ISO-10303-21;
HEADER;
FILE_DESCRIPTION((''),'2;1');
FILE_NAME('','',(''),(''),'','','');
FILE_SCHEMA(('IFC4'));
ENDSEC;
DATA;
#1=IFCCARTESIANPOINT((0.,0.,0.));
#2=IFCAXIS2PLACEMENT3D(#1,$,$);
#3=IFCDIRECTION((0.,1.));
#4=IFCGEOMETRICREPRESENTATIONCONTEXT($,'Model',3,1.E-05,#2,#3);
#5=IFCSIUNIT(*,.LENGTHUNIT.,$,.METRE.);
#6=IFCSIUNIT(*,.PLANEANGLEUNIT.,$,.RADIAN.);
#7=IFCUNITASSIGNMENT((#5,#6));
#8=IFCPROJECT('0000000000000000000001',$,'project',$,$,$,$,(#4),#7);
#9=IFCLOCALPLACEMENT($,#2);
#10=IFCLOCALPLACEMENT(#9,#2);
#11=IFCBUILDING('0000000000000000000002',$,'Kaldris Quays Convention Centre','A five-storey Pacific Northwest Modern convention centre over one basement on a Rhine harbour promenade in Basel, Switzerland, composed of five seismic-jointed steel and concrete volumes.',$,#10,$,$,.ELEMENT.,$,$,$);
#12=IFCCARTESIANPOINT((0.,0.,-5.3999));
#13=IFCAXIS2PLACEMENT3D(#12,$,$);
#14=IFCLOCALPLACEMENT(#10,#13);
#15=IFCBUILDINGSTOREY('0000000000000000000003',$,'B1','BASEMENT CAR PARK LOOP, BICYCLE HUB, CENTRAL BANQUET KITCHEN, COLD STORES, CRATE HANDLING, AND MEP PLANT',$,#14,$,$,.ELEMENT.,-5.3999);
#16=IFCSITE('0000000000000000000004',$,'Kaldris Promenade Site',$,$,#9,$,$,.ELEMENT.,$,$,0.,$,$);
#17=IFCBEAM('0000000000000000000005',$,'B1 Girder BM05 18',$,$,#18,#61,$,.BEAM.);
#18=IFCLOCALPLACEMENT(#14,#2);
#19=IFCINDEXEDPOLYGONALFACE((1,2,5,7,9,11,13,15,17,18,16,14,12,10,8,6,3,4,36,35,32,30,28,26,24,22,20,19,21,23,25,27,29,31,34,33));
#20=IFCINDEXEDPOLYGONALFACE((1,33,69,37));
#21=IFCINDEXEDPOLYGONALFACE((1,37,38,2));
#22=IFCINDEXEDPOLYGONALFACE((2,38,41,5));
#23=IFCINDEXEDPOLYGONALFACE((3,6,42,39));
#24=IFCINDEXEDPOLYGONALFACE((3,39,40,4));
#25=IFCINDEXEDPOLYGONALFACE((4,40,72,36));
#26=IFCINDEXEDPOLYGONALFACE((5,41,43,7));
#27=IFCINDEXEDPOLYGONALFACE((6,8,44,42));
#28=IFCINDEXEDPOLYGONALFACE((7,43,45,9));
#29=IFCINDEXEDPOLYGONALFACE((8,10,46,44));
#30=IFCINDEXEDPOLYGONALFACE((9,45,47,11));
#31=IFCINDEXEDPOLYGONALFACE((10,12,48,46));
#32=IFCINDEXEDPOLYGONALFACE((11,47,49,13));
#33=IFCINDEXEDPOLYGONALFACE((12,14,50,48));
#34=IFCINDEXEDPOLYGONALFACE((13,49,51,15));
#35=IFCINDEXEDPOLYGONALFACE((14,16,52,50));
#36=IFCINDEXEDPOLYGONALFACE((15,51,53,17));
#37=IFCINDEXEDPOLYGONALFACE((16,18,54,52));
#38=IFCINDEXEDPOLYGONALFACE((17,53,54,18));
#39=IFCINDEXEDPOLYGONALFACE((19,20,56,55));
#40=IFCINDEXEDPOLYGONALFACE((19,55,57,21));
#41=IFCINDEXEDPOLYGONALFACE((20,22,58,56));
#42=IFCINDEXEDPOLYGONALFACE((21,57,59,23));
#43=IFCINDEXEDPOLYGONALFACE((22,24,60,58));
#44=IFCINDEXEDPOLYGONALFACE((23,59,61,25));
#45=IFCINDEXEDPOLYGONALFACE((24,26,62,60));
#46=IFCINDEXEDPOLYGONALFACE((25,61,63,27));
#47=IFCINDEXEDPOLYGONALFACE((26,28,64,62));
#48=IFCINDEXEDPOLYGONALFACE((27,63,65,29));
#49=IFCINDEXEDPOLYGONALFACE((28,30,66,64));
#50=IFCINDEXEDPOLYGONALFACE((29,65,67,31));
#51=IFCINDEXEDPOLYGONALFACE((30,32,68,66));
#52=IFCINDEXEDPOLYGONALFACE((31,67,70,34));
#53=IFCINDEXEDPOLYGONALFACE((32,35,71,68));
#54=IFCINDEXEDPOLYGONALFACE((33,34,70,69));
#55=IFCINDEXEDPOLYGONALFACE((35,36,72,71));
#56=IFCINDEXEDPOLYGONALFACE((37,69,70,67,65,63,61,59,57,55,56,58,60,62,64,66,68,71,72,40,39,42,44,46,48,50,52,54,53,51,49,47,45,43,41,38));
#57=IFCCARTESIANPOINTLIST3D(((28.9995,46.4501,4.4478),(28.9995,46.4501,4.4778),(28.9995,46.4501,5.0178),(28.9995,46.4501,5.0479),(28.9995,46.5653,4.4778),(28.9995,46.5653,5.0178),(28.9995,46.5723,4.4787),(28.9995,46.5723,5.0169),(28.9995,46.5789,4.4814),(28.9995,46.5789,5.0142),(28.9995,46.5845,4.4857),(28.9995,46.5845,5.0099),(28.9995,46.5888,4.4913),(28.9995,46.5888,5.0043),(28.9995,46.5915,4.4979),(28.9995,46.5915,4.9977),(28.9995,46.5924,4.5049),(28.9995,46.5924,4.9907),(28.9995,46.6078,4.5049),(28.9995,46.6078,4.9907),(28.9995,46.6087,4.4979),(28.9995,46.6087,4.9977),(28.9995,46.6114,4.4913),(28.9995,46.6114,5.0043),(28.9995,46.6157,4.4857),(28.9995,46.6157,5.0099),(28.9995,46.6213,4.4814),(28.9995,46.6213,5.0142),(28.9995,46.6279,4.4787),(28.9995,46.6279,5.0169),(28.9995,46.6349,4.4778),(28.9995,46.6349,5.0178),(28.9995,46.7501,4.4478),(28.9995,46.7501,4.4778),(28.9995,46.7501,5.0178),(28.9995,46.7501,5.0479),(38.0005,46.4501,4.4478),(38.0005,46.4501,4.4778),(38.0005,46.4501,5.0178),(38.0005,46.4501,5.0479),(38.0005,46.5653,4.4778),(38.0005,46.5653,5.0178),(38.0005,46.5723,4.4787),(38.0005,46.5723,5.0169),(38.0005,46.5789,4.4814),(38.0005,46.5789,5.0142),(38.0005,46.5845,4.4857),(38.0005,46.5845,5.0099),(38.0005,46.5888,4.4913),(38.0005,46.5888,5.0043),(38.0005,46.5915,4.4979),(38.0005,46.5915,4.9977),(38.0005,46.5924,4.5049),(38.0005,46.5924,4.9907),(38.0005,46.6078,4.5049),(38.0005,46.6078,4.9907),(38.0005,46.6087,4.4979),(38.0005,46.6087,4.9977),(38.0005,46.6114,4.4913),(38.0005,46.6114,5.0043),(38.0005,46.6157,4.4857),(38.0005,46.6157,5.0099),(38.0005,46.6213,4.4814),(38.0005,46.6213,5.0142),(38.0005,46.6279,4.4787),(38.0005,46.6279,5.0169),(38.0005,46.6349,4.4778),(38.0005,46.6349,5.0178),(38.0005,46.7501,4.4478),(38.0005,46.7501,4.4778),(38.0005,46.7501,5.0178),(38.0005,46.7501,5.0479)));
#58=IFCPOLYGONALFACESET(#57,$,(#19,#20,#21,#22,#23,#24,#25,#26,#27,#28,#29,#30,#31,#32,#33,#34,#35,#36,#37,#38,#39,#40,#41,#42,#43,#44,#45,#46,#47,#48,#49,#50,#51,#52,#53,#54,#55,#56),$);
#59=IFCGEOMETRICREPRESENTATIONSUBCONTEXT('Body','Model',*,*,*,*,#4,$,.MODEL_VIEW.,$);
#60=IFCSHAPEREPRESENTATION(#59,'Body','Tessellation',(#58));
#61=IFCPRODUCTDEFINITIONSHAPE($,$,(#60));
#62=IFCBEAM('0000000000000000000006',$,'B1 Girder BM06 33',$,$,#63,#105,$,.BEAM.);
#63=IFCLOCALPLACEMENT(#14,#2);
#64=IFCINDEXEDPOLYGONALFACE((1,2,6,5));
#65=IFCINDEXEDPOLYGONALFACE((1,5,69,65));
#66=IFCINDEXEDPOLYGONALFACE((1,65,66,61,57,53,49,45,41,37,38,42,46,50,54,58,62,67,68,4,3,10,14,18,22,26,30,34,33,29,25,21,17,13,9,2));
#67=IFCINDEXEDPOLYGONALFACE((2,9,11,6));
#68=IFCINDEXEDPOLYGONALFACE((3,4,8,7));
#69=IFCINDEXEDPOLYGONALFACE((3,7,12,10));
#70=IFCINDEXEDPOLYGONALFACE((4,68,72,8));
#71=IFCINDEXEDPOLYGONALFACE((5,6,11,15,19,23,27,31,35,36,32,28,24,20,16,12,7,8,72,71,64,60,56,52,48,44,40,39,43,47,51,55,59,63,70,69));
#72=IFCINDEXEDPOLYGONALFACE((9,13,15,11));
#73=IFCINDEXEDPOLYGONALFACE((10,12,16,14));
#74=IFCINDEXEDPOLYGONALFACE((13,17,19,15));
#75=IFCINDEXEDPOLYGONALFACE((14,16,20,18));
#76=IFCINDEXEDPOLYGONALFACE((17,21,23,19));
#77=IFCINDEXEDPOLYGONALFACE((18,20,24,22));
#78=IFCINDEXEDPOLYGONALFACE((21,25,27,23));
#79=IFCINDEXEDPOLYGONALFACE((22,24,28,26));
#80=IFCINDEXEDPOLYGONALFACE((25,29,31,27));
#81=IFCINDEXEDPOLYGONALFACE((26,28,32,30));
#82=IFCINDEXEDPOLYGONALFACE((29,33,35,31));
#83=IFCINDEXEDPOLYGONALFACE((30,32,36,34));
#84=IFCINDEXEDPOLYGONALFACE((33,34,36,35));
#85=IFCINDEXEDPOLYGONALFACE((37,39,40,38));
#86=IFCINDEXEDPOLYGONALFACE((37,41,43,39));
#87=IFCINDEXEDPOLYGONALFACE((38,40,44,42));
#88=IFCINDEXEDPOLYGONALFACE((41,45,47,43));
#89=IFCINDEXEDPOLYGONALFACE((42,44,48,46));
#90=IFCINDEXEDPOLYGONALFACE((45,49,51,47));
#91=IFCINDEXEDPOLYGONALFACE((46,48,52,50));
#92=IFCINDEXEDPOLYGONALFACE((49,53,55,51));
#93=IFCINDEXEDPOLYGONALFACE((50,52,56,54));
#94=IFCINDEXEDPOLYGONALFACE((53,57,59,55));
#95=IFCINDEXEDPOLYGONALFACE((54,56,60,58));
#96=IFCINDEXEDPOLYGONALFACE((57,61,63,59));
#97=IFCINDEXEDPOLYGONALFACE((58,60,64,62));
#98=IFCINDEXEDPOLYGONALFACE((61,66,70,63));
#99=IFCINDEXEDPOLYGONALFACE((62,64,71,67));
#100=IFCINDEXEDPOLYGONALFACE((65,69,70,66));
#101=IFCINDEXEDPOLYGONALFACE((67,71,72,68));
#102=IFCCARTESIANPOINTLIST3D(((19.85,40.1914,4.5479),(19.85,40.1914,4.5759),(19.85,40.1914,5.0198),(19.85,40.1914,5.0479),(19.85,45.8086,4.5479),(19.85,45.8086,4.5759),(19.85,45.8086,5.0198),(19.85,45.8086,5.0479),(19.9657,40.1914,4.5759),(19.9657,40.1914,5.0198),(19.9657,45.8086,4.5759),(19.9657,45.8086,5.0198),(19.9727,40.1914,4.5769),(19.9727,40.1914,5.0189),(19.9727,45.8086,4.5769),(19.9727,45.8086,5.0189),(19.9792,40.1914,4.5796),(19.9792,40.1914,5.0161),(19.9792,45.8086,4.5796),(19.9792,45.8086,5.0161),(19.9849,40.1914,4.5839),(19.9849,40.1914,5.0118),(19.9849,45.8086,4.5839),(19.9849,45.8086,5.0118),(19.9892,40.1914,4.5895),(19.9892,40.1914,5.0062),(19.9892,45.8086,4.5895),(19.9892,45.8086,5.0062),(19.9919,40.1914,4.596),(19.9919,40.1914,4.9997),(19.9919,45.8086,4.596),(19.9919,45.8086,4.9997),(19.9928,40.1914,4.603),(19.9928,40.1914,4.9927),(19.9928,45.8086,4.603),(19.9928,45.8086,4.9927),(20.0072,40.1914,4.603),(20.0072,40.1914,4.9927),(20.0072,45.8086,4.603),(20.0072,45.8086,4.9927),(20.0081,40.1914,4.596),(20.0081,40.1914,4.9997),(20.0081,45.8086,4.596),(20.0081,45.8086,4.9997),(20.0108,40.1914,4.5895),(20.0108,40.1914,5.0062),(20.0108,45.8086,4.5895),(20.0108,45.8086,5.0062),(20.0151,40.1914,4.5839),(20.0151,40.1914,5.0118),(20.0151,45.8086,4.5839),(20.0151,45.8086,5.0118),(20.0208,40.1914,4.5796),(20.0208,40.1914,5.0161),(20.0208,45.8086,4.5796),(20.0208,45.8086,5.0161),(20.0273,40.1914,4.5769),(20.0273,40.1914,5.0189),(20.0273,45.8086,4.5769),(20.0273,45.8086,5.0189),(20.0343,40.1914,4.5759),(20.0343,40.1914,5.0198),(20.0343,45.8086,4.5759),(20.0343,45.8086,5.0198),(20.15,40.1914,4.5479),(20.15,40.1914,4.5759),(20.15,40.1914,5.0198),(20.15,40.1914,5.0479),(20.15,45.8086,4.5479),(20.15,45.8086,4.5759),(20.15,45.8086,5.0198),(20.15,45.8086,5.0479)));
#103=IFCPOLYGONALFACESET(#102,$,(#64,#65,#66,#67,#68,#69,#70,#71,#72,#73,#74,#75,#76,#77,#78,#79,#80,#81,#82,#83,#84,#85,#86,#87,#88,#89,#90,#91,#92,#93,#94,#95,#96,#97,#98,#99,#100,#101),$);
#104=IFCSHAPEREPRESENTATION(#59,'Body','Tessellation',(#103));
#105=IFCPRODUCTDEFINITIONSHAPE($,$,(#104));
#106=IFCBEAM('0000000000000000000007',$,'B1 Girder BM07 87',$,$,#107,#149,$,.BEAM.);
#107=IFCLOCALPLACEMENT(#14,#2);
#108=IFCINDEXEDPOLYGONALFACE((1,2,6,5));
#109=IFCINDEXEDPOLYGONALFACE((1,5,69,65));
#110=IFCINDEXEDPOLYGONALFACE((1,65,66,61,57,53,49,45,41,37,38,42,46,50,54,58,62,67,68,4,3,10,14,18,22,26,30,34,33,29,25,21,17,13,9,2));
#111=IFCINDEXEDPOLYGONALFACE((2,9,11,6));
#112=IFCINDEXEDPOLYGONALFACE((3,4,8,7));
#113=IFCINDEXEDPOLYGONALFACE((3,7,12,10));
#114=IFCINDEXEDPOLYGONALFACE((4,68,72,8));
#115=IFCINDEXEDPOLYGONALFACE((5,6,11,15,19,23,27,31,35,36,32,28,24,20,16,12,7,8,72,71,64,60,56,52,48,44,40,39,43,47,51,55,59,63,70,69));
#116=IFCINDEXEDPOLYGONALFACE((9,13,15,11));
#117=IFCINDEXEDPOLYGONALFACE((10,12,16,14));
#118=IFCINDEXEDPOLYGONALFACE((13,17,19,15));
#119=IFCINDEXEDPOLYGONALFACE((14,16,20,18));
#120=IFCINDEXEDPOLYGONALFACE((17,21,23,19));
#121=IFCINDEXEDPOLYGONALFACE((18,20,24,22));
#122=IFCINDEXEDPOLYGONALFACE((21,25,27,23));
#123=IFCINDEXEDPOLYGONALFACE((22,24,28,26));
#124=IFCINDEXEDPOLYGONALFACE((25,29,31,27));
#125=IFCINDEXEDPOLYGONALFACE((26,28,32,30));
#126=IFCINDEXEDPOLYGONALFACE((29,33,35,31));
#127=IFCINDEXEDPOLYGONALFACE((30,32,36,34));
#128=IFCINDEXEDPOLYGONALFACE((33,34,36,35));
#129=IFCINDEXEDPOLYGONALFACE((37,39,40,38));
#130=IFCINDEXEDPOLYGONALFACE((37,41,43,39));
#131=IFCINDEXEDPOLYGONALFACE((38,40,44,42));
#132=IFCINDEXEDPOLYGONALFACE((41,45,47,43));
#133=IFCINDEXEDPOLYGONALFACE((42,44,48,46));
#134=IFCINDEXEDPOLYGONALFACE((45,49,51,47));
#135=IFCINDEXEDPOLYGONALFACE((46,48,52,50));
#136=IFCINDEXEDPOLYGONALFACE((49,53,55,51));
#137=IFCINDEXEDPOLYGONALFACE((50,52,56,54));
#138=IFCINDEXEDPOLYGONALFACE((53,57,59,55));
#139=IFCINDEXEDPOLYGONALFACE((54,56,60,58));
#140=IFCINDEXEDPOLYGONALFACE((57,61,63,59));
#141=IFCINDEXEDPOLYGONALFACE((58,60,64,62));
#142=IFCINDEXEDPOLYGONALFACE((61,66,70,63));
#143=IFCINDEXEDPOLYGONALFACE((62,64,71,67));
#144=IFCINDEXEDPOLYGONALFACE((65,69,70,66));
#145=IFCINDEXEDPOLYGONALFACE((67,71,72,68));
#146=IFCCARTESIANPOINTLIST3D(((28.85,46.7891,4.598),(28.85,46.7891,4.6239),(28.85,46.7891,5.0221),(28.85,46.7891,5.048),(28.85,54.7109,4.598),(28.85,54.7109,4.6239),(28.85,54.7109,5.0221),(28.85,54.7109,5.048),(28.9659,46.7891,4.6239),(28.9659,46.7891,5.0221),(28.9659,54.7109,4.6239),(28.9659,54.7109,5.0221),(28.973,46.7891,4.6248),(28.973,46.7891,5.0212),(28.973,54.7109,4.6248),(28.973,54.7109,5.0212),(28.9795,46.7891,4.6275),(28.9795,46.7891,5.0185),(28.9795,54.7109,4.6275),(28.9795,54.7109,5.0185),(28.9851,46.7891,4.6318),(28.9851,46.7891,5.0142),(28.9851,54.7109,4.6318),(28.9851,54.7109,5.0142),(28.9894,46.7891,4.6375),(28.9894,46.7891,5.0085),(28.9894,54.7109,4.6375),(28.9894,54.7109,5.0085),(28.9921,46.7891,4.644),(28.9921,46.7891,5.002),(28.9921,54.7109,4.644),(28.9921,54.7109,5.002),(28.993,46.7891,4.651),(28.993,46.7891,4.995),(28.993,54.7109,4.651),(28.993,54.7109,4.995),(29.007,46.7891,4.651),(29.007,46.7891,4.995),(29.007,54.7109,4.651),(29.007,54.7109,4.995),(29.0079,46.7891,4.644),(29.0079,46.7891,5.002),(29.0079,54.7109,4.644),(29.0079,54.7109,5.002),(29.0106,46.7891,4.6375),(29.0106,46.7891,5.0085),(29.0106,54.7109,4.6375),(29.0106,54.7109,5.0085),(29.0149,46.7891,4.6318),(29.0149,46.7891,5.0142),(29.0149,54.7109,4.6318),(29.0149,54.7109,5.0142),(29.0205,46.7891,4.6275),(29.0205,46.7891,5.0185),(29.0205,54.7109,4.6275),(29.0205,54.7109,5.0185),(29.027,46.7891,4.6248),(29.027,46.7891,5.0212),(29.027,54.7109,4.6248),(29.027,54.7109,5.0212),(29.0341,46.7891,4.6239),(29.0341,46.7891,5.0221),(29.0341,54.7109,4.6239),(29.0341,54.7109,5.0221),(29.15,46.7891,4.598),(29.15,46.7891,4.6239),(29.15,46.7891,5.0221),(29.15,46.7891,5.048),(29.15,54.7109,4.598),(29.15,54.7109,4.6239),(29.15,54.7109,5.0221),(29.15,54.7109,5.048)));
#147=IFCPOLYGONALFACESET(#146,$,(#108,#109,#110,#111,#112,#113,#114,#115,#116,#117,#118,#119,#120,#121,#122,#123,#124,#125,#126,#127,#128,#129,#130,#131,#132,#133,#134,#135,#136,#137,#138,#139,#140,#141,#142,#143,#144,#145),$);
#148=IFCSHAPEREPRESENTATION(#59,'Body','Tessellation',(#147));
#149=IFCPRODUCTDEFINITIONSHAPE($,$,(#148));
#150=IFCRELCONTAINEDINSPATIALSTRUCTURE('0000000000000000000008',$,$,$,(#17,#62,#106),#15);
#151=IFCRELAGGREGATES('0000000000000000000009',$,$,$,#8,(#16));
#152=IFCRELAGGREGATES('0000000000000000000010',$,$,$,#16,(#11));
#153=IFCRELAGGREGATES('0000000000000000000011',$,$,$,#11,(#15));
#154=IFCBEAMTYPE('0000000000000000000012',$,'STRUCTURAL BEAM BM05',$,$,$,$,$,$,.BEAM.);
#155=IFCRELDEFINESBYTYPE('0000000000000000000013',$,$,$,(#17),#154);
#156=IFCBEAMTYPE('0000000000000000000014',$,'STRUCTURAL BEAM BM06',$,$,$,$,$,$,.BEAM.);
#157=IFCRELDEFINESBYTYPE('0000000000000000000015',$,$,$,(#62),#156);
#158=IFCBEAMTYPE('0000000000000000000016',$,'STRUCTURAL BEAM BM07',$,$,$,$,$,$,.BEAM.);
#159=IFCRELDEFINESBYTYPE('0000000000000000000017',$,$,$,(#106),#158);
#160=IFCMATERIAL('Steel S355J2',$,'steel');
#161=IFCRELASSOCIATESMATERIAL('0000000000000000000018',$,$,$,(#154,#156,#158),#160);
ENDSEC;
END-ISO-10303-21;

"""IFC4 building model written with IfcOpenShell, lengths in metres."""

from ifc_helpers import new_model, si_unit, direction, frame, origin, origin_2d, place, context, subcontext, project, spatial, i_section, extrude, material, material_profile, profile_set, type_object, element, save


model = new_model("IFC4")

# Units and contexts
model_context = context("Model", 3, precision=1e-05, world=origin(), true_north=direction((0.0, 1.0)))
body_context = subcontext(model_context, "Body", "Model", "MODEL_VIEW")
ifc_project = project(units=[si_unit("LENGTHUNIT", "METRE"), si_unit("PLANEANGLEUNIT", "RADIAN")], contexts=[model_context])

# Site, building, storey
site_placement = place(None, origin())
site = spatial("IfcSite", under=ifc_project, at=site_placement, Name="Kaldris Promenade Site", CompositionType="ELEMENT", RefElevation=0.0)
building_placement = place(site_placement, origin())
building = spatial("IfcBuilding", under=site, at=building_placement, Name="Kaldris Quays Convention Centre", Description="A five-storey Pacific Northwest Modern convention centre over one basement on a Rhine harbour promenade in Basel, Switzerland, composed of five seismic-jointed steel and concrete volumes.", CompositionType="ELEMENT")
storey_placement = place(building_placement, frame((0.0, 0.0, -5.3999)))
storey = spatial("IfcBuildingStorey", under=building, at=storey_placement, Name="B1", Description="BASEMENT CAR PARK LOOP, BICYCLE HUB, CENTRAL BANQUET KITCHEN, COLD STORES, CRATE HANDLING, AND MEP PLANT", CompositionType="ELEMENT", Elevation=-5.3999)

# Shared definitions
ifc_material_1 = material(Name="Steel S355J2", Category="steel")

# Beams
ifc_material_profile_1 = material_profile(ifc_material_1, i_section(OverallWidth=0.3, OverallDepth=0.6001, WebThickness=0.0154, FlangeThickness=0.03, FilletRadius=0.0271, at=origin_2d()), Name="HEB 600")
ifc_profile_set_1 = profile_set([ifc_material_profile_1], Name="Steel S355J2")
beam_type_1 = type_object("IfcBeamType", Name="STRUCTURAL BEAM BM05", PredefinedType="BEAM", material=ifc_profile_set_1)
beam_1_placement = place(storey_placement, frame((28.9995, 46.6001, 4.7478), z_axis=(1.0, 0.0, 0.0), x_axis=(0.0, 1.0, 0.0)))
element("IfcBeam", 1, at=beam_1_placement, inside=storey, type_object=beam_type_1, Name="B1 Girder BM05 18", PredefinedType="BEAM", context=body_context, shape_type="SweptSolid", body=[
    extrude(i_section(OverallWidth=0.3, OverallDepth=0.6001, WebThickness=0.0154, FlangeThickness=0.03, FilletRadius=0.0271, at=origin_2d()), origin(), (0.0, 0.0, 1.0), 9.001),
])
ifc_material_profile_2 = material_profile(ifc_material_1, i_section(OverallWidth=0.3, OverallDepth=0.5, WebThickness=0.0144, FlangeThickness=0.0281, FilletRadius=0.0271, at=origin_2d()), Name="HEB 500")
ifc_profile_set_2 = profile_set([ifc_material_profile_2], Name="Steel S355J2")
beam_type_2 = type_object("IfcBeamType", Name="STRUCTURAL BEAM BM06", PredefinedType="BEAM", material=ifc_profile_set_2)
beam_2_placement = place(storey_placement, frame((20.0, 40.1914, 4.7979), z_axis=(0.0, 1.0, 0.0), x_axis=(-1.0, 0.0, 0.0)))
element("IfcBeam", 2, at=beam_2_placement, inside=storey, type_object=beam_type_2, Name="B1 Girder BM06 33", PredefinedType="BEAM", context=body_context, shape_type="SweptSolid", body=[
    extrude(i_section(OverallWidth=0.3, OverallDepth=0.5, WebThickness=0.0144, FlangeThickness=0.0281, FilletRadius=0.0271, at=origin_2d()), origin(), (0.0, 0.0, 1.0), 5.6172),
])
ifc_material_profile_3 = material_profile(ifc_material_1, i_section(OverallWidth=0.3, OverallDepth=0.45, WebThickness=0.0139, FlangeThickness=0.0259, FilletRadius=0.0271, at=origin_2d()), Name="HEB 450")
ifc_profile_set_3 = profile_set([ifc_material_profile_3], Name="Steel S355J2")
beam_type_3 = type_object("IfcBeamType", Name="STRUCTURAL BEAM BM07", PredefinedType="BEAM", material=ifc_profile_set_3)
beam_3_placement = place(storey_placement, frame((29.0, 46.7891, 4.823), z_axis=(0.0, 1.0, 0.0), x_axis=(-1.0, 0.0, 0.0)))
element("IfcBeam", 3, at=beam_3_placement, inside=storey, type_object=beam_type_3, Name="B1 Girder BM07 87", PredefinedType="BEAM", context=body_context, shape_type="SweptSolid", body=[
    extrude(i_section(OverallWidth=0.3, OverallDepth=0.45, WebThickness=0.0139, FlangeThickness=0.0259, FilletRadius=0.0271, at=origin_2d()), origin(), (0.0, 0.0, 1.0), 7.9219),
])

save(model, "model.ifc")
